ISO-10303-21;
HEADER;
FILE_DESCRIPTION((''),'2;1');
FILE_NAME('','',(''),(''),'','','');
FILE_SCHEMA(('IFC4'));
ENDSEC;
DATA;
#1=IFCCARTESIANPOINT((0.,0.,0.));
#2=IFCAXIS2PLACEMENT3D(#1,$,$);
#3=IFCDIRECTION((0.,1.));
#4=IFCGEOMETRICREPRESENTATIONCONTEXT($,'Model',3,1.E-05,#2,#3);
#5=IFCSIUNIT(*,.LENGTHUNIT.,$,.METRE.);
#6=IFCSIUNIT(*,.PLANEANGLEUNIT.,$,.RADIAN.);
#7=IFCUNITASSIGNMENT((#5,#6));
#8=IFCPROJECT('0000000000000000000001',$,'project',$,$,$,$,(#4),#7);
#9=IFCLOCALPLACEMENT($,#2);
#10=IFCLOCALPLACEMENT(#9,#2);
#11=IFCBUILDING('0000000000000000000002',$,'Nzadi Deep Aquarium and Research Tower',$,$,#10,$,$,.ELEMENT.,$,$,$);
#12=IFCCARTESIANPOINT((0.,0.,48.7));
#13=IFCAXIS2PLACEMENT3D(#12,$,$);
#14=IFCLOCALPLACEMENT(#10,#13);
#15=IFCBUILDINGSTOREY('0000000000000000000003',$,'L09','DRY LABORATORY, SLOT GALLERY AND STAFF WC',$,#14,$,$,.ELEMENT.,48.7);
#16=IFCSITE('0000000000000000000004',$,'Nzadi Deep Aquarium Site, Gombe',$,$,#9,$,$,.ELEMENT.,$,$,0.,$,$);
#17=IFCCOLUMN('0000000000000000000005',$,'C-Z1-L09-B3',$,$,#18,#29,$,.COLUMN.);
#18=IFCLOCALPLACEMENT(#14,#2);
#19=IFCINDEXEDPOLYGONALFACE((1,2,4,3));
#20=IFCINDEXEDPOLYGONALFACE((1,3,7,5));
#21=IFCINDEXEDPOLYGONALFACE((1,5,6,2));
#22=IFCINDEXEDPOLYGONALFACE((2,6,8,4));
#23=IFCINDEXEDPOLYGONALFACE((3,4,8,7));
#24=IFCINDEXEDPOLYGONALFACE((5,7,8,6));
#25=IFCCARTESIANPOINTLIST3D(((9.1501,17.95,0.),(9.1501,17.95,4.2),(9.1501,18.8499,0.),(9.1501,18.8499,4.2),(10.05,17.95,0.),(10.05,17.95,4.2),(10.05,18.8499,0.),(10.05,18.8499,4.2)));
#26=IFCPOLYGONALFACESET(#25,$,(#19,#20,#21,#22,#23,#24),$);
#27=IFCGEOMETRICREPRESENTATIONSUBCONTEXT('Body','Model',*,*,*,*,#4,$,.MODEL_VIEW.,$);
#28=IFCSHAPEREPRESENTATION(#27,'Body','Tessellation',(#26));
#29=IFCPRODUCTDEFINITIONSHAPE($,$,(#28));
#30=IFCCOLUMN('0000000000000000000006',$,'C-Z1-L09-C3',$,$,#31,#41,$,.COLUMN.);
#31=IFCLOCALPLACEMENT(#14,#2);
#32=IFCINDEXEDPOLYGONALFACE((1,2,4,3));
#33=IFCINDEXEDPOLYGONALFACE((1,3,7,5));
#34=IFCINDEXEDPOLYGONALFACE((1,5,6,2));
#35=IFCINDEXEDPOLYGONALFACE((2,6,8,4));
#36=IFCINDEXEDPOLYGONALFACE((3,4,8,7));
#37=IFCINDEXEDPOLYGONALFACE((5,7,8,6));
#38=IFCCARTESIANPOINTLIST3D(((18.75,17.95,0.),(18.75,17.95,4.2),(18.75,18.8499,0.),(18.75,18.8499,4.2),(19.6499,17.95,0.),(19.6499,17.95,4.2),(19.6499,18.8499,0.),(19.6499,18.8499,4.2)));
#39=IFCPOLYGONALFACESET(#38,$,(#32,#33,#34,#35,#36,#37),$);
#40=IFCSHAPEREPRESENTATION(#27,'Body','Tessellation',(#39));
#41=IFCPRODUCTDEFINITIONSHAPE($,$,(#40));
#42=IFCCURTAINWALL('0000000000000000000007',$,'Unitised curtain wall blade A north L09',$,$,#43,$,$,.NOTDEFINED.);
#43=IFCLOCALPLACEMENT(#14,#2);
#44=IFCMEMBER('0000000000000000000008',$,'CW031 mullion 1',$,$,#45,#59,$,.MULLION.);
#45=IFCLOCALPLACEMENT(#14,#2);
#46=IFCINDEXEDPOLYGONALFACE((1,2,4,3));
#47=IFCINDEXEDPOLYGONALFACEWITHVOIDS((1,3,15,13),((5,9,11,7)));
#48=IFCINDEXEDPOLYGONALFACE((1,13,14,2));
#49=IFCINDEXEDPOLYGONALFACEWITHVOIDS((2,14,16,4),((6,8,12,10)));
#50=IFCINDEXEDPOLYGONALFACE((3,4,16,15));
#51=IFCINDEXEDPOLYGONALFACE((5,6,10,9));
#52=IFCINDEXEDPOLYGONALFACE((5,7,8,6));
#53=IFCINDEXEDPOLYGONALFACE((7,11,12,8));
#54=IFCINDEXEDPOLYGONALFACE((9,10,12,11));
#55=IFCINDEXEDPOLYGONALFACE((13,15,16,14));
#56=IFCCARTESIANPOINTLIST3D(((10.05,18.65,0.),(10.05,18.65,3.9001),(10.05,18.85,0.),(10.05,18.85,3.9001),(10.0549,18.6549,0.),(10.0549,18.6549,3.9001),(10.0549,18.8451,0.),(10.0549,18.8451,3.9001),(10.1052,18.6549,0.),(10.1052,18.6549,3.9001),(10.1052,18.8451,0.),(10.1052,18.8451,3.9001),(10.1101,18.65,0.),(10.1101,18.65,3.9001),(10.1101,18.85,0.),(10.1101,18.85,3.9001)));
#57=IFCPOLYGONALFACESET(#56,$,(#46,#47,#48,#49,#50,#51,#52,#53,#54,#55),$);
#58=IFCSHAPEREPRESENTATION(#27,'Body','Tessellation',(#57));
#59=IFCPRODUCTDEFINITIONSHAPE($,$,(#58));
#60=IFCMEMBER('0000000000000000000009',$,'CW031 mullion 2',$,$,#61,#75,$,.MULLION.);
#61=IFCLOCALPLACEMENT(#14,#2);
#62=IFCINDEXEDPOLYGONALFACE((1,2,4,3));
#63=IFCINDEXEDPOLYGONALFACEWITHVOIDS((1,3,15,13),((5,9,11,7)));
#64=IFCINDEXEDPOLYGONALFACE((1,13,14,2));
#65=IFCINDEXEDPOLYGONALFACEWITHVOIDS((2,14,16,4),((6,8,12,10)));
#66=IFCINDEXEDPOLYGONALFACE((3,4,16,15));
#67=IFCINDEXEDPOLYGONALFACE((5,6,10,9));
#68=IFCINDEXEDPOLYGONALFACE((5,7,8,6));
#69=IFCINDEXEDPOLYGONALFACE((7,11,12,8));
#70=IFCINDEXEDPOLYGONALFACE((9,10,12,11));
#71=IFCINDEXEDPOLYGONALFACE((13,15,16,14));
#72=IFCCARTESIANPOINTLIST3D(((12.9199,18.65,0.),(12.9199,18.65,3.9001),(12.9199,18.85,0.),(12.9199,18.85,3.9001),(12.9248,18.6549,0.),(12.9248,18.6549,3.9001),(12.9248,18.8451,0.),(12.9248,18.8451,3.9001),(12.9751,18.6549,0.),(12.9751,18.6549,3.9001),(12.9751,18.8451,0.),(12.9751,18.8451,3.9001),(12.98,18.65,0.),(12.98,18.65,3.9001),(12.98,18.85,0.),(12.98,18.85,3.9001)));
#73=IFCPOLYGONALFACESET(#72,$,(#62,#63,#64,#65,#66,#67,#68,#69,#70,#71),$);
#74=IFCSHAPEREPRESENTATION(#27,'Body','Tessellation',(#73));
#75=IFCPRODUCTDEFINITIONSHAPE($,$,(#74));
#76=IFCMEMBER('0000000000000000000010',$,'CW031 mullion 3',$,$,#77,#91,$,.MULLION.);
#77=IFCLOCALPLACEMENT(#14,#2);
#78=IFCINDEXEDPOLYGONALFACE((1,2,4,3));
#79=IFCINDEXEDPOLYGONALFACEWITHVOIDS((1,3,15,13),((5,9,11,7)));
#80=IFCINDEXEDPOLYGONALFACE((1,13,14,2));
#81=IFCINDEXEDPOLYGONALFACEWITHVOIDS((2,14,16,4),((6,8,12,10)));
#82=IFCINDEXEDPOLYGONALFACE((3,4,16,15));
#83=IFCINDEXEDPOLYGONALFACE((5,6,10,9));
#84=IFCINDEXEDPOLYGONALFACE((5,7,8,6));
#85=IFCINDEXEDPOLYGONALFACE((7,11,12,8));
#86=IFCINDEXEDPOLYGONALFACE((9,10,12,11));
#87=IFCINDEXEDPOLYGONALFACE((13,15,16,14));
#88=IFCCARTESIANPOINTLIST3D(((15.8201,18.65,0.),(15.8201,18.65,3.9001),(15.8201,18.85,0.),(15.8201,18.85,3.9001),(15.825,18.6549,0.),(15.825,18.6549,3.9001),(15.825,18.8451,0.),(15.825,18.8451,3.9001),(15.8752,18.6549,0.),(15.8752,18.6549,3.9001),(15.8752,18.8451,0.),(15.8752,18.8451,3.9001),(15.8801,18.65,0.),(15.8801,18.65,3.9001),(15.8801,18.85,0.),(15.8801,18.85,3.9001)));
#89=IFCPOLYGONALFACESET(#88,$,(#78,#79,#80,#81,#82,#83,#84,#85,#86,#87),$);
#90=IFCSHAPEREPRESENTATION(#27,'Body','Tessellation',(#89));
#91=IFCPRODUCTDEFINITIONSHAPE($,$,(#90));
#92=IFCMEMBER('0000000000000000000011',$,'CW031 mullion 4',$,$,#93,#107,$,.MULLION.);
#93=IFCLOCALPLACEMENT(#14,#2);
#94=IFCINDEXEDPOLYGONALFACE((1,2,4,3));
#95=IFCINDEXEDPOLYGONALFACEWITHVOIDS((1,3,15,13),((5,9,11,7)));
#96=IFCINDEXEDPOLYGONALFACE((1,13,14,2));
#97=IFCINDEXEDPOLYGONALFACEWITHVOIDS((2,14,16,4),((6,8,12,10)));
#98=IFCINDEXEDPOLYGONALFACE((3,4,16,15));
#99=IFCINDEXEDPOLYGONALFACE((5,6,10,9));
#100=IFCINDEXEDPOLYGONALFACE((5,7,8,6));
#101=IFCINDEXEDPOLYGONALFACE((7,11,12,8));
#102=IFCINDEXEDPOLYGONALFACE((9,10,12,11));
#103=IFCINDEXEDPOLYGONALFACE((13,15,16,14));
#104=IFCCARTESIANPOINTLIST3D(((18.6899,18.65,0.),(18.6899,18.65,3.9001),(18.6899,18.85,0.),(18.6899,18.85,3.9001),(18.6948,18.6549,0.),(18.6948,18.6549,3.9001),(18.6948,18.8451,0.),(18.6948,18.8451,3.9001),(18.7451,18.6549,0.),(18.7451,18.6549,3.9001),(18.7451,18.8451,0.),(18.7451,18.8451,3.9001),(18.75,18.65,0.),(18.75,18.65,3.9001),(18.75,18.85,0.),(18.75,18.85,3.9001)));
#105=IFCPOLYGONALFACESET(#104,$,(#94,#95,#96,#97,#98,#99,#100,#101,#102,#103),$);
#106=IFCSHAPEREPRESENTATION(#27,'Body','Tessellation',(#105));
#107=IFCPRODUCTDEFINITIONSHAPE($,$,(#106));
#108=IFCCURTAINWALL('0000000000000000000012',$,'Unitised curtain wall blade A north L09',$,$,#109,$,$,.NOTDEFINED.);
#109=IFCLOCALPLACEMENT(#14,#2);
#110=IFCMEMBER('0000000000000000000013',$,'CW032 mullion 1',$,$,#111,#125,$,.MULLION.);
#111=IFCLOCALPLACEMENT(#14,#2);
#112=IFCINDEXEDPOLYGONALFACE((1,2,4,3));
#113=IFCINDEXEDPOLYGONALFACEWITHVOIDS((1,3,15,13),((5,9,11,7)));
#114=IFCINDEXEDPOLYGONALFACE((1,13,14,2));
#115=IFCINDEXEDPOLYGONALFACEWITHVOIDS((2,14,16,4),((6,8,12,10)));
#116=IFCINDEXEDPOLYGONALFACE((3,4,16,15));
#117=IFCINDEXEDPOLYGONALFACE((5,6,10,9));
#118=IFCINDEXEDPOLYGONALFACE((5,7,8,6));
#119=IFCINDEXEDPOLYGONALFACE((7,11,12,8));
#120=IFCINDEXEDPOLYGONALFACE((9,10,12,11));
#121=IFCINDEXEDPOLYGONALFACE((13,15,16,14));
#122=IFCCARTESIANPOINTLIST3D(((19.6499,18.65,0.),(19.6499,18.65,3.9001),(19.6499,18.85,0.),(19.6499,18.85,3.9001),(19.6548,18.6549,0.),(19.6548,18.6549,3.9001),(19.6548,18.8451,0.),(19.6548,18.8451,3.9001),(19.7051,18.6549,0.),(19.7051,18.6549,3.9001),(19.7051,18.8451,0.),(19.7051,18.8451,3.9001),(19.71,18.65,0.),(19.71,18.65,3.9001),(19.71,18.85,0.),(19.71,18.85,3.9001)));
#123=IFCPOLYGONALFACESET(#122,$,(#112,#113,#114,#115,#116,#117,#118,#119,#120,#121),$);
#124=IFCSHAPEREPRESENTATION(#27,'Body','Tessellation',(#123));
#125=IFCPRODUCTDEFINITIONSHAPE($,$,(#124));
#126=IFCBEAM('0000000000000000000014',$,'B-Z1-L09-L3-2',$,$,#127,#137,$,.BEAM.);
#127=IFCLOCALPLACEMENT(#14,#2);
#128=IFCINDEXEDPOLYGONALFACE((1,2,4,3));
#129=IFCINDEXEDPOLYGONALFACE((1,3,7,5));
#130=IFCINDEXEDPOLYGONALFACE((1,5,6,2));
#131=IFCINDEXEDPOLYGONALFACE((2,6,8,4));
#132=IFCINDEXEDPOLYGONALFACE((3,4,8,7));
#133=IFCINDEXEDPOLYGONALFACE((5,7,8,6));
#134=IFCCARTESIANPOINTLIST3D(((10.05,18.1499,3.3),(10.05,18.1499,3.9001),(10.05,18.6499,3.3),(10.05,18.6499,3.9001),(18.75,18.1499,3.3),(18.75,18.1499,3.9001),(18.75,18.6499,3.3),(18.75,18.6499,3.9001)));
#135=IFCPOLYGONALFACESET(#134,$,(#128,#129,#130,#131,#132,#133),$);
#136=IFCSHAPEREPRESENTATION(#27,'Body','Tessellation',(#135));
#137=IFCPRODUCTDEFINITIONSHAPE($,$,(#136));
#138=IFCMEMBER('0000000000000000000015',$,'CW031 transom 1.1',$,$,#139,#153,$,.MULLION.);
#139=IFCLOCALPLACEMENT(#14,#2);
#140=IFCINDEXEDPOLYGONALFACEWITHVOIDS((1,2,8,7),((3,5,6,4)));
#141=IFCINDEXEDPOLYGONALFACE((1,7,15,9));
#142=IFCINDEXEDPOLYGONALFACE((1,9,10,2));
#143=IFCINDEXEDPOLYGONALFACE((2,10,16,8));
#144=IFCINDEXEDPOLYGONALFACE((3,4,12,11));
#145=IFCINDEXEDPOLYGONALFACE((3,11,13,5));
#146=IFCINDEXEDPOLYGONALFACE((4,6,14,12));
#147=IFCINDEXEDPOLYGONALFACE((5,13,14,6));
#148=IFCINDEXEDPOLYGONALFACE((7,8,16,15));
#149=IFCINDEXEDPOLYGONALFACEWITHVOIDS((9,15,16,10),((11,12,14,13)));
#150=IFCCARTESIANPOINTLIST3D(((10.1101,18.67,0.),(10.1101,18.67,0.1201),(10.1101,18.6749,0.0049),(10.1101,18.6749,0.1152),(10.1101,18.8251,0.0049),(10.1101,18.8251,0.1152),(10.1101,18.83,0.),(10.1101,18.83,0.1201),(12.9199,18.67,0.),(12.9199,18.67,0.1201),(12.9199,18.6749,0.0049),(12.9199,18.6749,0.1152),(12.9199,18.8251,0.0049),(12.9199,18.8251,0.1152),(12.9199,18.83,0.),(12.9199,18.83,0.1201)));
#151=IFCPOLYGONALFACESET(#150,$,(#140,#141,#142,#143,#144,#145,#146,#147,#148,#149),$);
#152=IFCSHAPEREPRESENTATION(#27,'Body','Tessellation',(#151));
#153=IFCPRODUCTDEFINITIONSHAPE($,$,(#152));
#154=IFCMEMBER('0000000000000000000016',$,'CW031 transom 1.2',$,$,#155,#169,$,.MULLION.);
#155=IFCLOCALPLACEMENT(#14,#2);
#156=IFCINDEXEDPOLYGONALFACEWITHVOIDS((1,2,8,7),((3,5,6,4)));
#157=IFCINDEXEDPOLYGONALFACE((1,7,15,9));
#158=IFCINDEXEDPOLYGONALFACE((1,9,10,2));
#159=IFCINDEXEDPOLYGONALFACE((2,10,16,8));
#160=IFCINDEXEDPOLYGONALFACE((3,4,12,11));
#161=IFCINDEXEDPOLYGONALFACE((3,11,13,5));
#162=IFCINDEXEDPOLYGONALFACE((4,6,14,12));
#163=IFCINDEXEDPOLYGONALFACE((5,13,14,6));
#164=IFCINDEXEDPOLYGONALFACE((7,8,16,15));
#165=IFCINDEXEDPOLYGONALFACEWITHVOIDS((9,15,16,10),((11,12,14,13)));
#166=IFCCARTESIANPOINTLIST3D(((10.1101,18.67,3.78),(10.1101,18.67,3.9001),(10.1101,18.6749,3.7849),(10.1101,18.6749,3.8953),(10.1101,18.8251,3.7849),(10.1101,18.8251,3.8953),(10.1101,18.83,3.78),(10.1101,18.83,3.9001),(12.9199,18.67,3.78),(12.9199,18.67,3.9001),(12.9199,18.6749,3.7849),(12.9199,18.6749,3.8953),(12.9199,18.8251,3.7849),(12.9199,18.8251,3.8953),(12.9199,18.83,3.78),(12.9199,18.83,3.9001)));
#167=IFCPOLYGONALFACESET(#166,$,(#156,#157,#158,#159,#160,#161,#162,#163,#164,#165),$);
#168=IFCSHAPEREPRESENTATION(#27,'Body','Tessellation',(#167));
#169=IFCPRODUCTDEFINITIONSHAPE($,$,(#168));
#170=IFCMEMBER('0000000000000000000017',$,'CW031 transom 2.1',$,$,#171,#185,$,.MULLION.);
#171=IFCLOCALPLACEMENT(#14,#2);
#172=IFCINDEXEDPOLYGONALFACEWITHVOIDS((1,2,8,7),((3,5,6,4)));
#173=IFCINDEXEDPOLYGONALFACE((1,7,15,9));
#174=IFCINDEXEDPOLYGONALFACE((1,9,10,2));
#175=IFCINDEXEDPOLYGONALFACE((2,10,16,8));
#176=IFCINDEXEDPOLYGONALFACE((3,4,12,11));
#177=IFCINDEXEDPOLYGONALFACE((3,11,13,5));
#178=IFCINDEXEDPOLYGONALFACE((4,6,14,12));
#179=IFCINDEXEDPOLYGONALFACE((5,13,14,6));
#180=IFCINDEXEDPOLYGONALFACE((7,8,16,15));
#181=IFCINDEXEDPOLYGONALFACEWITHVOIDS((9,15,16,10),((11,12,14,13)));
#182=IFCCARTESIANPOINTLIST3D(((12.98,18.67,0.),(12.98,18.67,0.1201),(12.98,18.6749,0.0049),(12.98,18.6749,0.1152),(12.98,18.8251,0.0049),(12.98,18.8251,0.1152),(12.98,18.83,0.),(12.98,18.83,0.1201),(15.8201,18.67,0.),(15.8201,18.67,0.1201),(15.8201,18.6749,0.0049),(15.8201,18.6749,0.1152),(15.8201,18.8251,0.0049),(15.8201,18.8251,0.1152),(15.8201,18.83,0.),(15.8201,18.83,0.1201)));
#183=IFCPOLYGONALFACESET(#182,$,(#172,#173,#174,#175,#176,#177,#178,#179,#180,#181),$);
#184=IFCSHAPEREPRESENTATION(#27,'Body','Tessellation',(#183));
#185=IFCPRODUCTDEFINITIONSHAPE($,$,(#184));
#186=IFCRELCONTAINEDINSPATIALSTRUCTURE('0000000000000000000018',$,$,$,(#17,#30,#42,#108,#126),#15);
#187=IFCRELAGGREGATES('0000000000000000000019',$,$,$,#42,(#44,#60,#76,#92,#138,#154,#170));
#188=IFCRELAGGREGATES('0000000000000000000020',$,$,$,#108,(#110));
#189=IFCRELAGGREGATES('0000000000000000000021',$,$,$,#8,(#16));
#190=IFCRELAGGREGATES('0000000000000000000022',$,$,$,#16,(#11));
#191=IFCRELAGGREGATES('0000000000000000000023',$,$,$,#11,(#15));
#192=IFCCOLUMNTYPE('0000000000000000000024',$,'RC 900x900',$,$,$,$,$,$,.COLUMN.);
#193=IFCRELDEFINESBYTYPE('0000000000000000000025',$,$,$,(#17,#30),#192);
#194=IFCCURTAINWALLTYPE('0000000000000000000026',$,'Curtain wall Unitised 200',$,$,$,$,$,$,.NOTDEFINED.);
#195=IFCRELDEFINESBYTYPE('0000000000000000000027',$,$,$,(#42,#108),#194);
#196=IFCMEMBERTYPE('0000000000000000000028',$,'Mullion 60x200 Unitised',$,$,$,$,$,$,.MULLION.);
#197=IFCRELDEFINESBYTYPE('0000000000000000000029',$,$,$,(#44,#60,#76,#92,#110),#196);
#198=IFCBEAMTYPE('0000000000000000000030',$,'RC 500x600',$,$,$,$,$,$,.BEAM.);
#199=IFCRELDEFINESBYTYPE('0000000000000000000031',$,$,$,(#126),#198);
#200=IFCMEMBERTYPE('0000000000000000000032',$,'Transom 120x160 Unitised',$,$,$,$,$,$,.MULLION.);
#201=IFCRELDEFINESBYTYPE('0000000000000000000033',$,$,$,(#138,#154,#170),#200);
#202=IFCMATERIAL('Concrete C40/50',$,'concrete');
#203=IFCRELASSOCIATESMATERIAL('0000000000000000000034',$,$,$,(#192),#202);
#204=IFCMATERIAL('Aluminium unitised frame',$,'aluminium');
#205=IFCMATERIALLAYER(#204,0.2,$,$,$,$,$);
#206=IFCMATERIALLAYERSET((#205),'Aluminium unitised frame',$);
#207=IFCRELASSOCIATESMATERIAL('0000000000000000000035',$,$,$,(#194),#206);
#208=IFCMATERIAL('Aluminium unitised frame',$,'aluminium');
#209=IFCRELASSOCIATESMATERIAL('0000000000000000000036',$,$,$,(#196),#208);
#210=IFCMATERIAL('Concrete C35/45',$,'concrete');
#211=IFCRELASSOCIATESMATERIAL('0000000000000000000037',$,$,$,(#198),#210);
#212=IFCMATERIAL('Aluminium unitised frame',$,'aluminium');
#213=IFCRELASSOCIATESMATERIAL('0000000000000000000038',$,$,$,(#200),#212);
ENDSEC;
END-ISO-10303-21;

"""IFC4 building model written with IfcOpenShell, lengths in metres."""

from ifc_helpers import new_model, si_unit, direction, frame, origin, origin_2d, place, context, subcontext, project, spatial, rectangle, hollow_rectangle, extrude, material, layer, layer_set, material_profile, profile_set, type_object, element, aggregate, save


model = new_model("IFC4")

# Units and contexts
model_context = context("Model", 3, precision=1e-05, world=origin(), true_north=direction((0.0, 1.0)))
body_context = subcontext(model_context, "Body", "Model", "MODEL_VIEW")
ifc_project = project(units=[si_unit("LENGTHUNIT", "METRE"), si_unit("PLANEANGLEUNIT", "RADIAN")], contexts=[model_context])

# Site, building, storey
site_placement = place(None, origin())
site = spatial("IfcSite", under=ifc_project, at=site_placement, Name="Nzadi Deep Aquarium Site, Gombe", CompositionType="ELEMENT", RefElevation=0.0)
building_placement = place(site_placement, origin())
building = spatial("IfcBuilding", under=site, at=building_placement, Name="Nzadi Deep Aquarium and Research Tower", CompositionType="ELEMENT")
storey_placement = place(building_placement, frame((0.0, 0.0, 48.7)))
storey = spatial("IfcBuildingStorey", under=building, at=storey_placement, Name="L09", Description="DRY LABORATORY, SLOT GALLERY AND STAFF WC", CompositionType="ELEMENT", Elevation=48.7)

# Columns
ifc_material_1 = material(Name="Concrete C40/50", Category="concrete")
ifc_material_profile_1 = material_profile(ifc_material_1, rectangle(XDim=0.8999, YDim=0.8999, at=origin_2d()))
ifc_profile_set_1 = profile_set([ifc_material_profile_1], Name="Concrete C40/50")
column_type = type_object("IfcColumnType", Name="RC 900x900", PredefinedType="COLUMN", material=ifc_profile_set_1)
for number, where, z_axis, x_axis, name in (
    (1, (9.6001, 18.3999, 0.0), (0.0, 0.0, 1.0), (1.0, 0.0, 0.0), "C-Z1-L09-B3"),
    (2, (19.2, 18.3999, 0.0), (0.0, 0.0, 1.0), (1.0, 0.0, 0.0), "C-Z1-L09-C3"),
):
    element("IfcColumn", number, at=place(storey_placement, frame(where, z_axis=z_axis, x_axis=x_axis)), inside=storey, type_object=column_type, Name=name, PredefinedType="COLUMN", context=body_context, shape_type="SweptSolid", body=[
        extrude(rectangle(XDim=0.8999, YDim=0.8999, at=origin_2d()), origin(), (0.0, 0.0, 1.0), 4.2),
    ])

# Curtain wall, members
ifc_material_2 = material(Name="Aluminium unitised frame", Category="aluminium")
ifc_layer_1 = layer(ifc_material_2, 0.2)
ifc_layer_set_1 = layer_set([ifc_layer_1], Name="Aluminium unitised frame")
curtain_wall_type = type_object("IfcCurtainWallType", Name="Curtain wall Unitised 200", PredefinedType="NOTDEFINED", material=ifc_layer_set_1)
curtain_wall_1_placement = place(storey_placement, origin())
curtain_wall_1 = element("IfcCurtainWall", 3, at=curtain_wall_1_placement, inside=storey, type_object=curtain_wall_type, Name="Unitised curtain wall blade A north L09", PredefinedType="NOTDEFINED")
ifc_material_3 = material(Name="Aluminium unitised frame", Category="aluminium")
ifc_material_profile_2 = material_profile(ifc_material_3, hollow_rectangle(XDim=0.2, YDim=0.0601, WallThickness=0.0049, at=origin_2d()))
ifc_profile_set_2 = profile_set([ifc_material_profile_2], Name="Aluminium unitised frame")
member_type_1 = type_object("IfcMemberType", Name="Mullion 60x200 Unitised", PredefinedType="MULLION", material=ifc_profile_set_2)
member_1_placement = place(storey_placement, frame((10.0801, 18.75, 0.0), z_axis=(0.0, 0.0, 1.0), x_axis=(0.0, 1.0, 0.0)))
member_1 = element("IfcMember", 4, at=member_1_placement, type_object=member_type_1, Name="CW031 mullion 1", PredefinedType="MULLION", context=body_context, shape_type="SweptSolid", body=[
    extrude(hollow_rectangle(XDim=0.2, YDim=0.0601, WallThickness=0.0049, at=origin_2d()), origin(), (0.0, 0.0, 1.0), 3.9001),
])
member_2_placement = place(storey_placement, frame((12.95, 18.75, 0.0), z_axis=(0.0, 0.0, 1.0), x_axis=(0.0, 1.0, 0.0)))
member_2 = element("IfcMember", 5, at=member_2_placement, type_object=member_type_1, Name="CW031 mullion 2", PredefinedType="MULLION", context=body_context, shape_type="SweptSolid", body=[
    extrude(hollow_rectangle(XDim=0.2, YDim=0.0601, WallThickness=0.0049, at=origin_2d()), origin(), (0.0, 0.0, 1.0), 3.9001),
])
member_3_placement = place(storey_placement, frame((15.8501, 18.75, 0.0), z_axis=(0.0, 0.0, 1.0), x_axis=(0.0, 1.0, 0.0)))
member_3 = element("IfcMember", 6, at=member_3_placement, type_object=member_type_1, Name="CW031 mullion 3", PredefinedType="MULLION", context=body_context, shape_type="SweptSolid", body=[
    extrude(hollow_rectangle(XDim=0.2, YDim=0.0601, WallThickness=0.0049, at=origin_2d()), origin(), (0.0, 0.0, 1.0), 3.9001),
])
member_4_placement = place(storey_placement, frame((18.72, 18.75, 0.0), z_axis=(0.0, 0.0, 1.0), x_axis=(0.0, 1.0, 0.0)))
member_4 = element("IfcMember", 7, at=member_4_placement, type_object=member_type_1, Name="CW031 mullion 4", PredefinedType="MULLION", context=body_context, shape_type="SweptSolid", body=[
    extrude(hollow_rectangle(XDim=0.2, YDim=0.0601, WallThickness=0.0049, at=origin_2d()), origin(), (0.0, 0.0, 1.0), 3.9001),
])

# Curtain wall, member
curtain_wall_2_placement = place(storey_placement, origin())
curtain_wall_2 = element("IfcCurtainWall", 8, at=curtain_wall_2_placement, inside=storey, type_object=curtain_wall_type, Name="Unitised curtain wall blade A north L09", PredefinedType="NOTDEFINED")
member_5_placement = place(storey_placement, frame((19.6799, 18.75, 0.0), z_axis=(0.0, 0.0, 1.0), x_axis=(0.0, 1.0, 0.0)))
member_5 = element("IfcMember", 9, at=member_5_placement, type_object=member_type_1, Name="CW032 mullion 1", PredefinedType="MULLION", context=body_context, shape_type="SweptSolid", body=[
    extrude(hollow_rectangle(XDim=0.2, YDim=0.0601, WallThickness=0.0049, at=origin_2d()), origin(), (0.0, 0.0, 1.0), 3.9001),
])

# Beam
ifc_material_4 = material(Name="Concrete C35/45", Category="concrete")
ifc_material_profile_3 = material_profile(ifc_material_4, rectangle(XDim=0.5, YDim=0.6001, at=origin_2d()))
ifc_profile_set_3 = profile_set([ifc_material_profile_3], Name="Concrete C35/45")
beam_type = type_object("IfcBeamType", Name="RC 500x600", PredefinedType="BEAM", material=ifc_profile_set_3)
beam_placement = place(storey_placement, frame((10.05, 18.3999, 3.6001), z_axis=(1.0, 0.0, 0.0), x_axis=(0.0, 1.0, 0.0)))
element("IfcBeam", 10, at=beam_placement, inside=storey, type_object=beam_type, Name="B-Z1-L09-L3-2", PredefinedType="BEAM", context=body_context, shape_type="SweptSolid", body=[
    extrude(rectangle(XDim=0.5, YDim=0.6001, at=origin_2d()), origin(), (0.0, 0.0, 1.0), 8.7),
])

# Members
ifc_material_5 = material(Name="Aluminium unitised frame", Category="aluminium")
ifc_material_profile_4 = material_profile(ifc_material_5, hollow_rectangle(XDim=0.1599, YDim=0.1201, WallThickness=0.0049, at=origin_2d()))
ifc_profile_set_4 = profile_set([ifc_material_profile_4], Name="Aluminium unitised frame")
member_type_2 = type_object("IfcMemberType", Name="Transom 120x160 Unitised", PredefinedType="MULLION", material=ifc_profile_set_4)
member_6_placement = place(storey_placement, frame((10.1101, 18.75, 0.0601), z_axis=(1.0, 0.0, 0.0), x_axis=(0.0, 1.0, 0.0)))
member_6 = element("IfcMember", 11, at=member_6_placement, type_object=member_type_2, Name="CW031 transom 1.1", PredefinedType="MULLION", context=body_context, shape_type="SweptSolid", body=[
    extrude(hollow_rectangle(XDim=0.1599, YDim=0.1201, WallThickness=0.0049, at=origin_2d()), origin(), (0.0, 0.0, 1.0), 2.8098),
])
member_7_placement = place(storey_placement, frame((10.1101, 18.75, 3.8401), z_axis=(1.0, 0.0, 0.0), x_axis=(0.0, 1.0, 0.0)))
member_7 = element("IfcMember", 12, at=member_7_placement, type_object=member_type_2, Name="CW031 transom 1.2", PredefinedType="MULLION", context=body_context, shape_type="SweptSolid", body=[
    extrude(hollow_rectangle(XDim=0.1599, YDim=0.1201, WallThickness=0.0049, at=origin_2d()), origin(), (0.0, 0.0, 1.0), 2.8098),
])
member_8_placement = place(storey_placement, frame((12.98, 18.75, 0.0601), z_axis=(1.0, 0.0, 0.0), x_axis=(0.0, 1.0, 0.0)))
member_8 = element("IfcMember", 13, at=member_8_placement, type_object=member_type_2, Name="CW031 transom 2.1", PredefinedType="MULLION", context=body_context, shape_type="SweptSolid", body=[
    extrude(hollow_rectangle(XDim=0.1599, YDim=0.1201, WallThickness=0.0049, at=origin_2d()), origin(), (0.0, 0.0, 1.0), 2.8401),
])

aggregate(curtain_wall_1, [member_1, member_2, member_3, member_4, member_6, member_7, member_8])
aggregate(curtain_wall_2, [member_5])

save(model, "model.ifc")
